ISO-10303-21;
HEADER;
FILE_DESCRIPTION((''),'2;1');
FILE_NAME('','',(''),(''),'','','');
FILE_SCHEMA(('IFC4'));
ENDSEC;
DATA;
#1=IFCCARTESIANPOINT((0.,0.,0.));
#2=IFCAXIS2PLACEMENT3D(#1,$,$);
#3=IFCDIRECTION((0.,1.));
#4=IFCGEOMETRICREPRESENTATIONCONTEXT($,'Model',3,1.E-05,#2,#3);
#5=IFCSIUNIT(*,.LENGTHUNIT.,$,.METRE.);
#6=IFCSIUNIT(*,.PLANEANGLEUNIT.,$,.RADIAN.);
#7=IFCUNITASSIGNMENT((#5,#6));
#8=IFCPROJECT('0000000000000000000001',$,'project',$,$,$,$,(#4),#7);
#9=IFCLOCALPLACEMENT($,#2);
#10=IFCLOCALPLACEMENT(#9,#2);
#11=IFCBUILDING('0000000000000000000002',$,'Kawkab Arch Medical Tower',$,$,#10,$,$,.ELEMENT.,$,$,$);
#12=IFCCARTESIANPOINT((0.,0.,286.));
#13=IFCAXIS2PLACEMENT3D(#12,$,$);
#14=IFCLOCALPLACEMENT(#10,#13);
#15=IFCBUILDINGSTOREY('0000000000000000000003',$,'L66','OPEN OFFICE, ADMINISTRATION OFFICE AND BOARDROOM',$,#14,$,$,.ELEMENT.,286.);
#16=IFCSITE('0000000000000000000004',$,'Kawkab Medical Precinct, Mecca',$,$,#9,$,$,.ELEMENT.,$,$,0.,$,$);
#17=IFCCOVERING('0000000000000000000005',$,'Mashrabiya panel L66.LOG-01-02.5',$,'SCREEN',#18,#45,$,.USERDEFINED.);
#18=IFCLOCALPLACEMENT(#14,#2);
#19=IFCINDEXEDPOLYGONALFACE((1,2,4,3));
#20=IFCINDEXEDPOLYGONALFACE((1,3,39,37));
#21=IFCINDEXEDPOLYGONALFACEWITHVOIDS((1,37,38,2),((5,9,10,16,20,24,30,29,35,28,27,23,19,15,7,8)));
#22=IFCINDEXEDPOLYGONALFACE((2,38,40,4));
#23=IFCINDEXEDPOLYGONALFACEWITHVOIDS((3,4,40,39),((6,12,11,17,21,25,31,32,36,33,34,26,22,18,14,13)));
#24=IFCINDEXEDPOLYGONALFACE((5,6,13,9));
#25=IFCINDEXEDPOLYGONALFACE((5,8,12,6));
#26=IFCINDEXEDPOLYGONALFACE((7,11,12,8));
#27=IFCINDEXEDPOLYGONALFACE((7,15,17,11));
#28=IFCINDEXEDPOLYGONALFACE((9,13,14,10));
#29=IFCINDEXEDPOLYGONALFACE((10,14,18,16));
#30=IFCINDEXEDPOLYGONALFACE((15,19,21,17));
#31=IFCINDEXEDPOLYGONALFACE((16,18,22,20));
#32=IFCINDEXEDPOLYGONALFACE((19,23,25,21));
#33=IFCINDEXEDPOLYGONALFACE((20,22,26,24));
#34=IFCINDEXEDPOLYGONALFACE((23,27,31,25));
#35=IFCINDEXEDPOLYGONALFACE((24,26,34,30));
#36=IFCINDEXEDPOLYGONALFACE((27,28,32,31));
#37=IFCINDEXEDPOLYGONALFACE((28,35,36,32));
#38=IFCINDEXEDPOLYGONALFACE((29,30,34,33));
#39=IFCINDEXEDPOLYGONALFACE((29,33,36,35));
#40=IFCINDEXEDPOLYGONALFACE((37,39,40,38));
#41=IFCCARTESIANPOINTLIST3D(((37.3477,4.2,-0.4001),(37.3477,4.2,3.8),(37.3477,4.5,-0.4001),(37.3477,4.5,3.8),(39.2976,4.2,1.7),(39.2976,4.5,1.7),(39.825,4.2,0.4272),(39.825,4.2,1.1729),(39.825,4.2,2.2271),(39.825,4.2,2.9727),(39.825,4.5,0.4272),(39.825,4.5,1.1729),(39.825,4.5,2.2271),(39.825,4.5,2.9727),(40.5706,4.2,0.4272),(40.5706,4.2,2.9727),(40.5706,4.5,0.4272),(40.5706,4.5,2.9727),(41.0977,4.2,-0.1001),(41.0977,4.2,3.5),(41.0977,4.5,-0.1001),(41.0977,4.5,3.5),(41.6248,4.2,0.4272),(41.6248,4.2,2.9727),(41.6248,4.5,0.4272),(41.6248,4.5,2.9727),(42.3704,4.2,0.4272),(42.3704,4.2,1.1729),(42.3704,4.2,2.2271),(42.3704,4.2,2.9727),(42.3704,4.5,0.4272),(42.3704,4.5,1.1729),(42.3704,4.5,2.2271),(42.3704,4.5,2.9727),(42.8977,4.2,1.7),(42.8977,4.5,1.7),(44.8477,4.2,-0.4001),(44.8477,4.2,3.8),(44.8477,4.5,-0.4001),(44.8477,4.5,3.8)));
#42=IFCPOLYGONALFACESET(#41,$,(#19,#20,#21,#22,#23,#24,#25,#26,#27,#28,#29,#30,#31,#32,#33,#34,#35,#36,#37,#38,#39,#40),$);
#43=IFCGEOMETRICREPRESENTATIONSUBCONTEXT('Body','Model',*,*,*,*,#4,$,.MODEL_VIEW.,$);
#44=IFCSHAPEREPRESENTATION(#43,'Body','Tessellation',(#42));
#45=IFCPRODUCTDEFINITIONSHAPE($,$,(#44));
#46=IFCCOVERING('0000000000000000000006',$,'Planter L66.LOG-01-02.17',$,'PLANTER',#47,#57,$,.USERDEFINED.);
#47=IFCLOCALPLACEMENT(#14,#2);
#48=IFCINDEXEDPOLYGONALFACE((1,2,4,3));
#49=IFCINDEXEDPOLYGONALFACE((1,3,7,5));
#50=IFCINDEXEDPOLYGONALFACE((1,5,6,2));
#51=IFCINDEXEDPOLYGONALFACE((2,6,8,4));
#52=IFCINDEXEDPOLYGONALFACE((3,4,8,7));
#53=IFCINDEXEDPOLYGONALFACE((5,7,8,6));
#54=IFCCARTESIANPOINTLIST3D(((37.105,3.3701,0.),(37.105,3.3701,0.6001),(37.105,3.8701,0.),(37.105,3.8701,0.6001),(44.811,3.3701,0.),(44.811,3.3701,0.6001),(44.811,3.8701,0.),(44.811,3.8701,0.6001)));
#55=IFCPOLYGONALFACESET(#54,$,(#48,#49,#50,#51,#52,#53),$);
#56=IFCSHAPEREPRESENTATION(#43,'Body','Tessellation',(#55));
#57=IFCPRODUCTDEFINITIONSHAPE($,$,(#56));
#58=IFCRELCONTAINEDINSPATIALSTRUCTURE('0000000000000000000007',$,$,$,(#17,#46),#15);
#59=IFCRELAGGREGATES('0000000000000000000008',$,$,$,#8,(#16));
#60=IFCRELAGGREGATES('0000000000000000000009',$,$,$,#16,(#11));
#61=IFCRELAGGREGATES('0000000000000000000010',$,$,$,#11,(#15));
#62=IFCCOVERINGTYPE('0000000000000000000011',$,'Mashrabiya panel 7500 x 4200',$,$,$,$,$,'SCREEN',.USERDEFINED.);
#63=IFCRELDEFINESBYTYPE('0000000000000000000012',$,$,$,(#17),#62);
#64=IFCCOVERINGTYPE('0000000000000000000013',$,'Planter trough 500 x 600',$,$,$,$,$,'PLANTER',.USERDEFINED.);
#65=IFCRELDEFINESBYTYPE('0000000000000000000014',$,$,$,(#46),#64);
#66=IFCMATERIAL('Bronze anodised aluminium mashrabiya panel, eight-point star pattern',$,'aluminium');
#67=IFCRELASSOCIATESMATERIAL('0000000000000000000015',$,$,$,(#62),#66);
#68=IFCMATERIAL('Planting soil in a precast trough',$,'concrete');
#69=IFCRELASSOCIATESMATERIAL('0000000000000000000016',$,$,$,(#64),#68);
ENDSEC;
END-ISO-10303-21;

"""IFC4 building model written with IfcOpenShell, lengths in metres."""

from ifc_helpers import new_model, si_unit, direction, frame, origin, origin_2d, place, context, subcontext, project, spatial, polyline, rectangle, outline, extrude, material, material_profile, profile_set, type_object, element, save


model = new_model("IFC4")

# Units and contexts
model_context = context("Model", 3, precision=1e-05, world=origin(), true_north=direction((0.0, 1.0)))
body_context = subcontext(model_context, "Body", "Model", "MODEL_VIEW")
ifc_project = project(units=[si_unit("LENGTHUNIT", "METRE"), si_unit("PLANEANGLEUNIT", "RADIAN")], contexts=[model_context])

# Site, building, storey
site_placement = place(None, origin())
site = spatial("IfcSite", under=ifc_project, at=site_placement, Name="Kawkab Medical Precinct, Mecca", CompositionType="ELEMENT", RefElevation=0.0)
building_placement = place(site_placement, origin())
building = spatial("IfcBuilding", under=site, at=building_placement, Name="Kawkab Arch Medical Tower", CompositionType="ELEMENT")
storey_placement = place(building_placement, frame((0.0, 0.0, 286.0)))
storey = spatial("IfcBuildingStorey", under=building, at=storey_placement, Name="L66", Description="OPEN OFFICE, ADMINISTRATION OFFICE AND BOARDROOM", CompositionType="ELEMENT", Elevation=286.0)

# Coverings
ifc_material_1 = material(Name="Bronze anodised aluminium mashrabiya panel, eight-point star pattern", Category="aluminium")
ifc_material_profile_1 = material_profile(ifc_material_1, outline(polyline([(-3.75, -2.1001), (3.75, -2.1001), (3.75, 2.1001), (-3.75, 2.1001), (-3.75, -2.1001)]), holes=[polyline([(1.8, 0.0), (1.2727, 0.5271), (1.2727, 1.2727), (0.5271, 1.2727), (0.0, 1.8), (-0.5271, 1.2727), (-1.2727, 1.2727), (-1.2727, 0.5271), (-1.8, 0.0), (-1.2727, -0.5271), (-1.2727, -1.2727), (-0.5271, -1.2727), (0.0, -1.8), (0.5271, -1.2727), (1.2727, -1.2727), (1.2727, -0.5271), (1.8, 0.0)])]), Name="Mashrabiya panel 7500x4200")
ifc_profile_set_1 = profile_set([ifc_material_profile_1], Name="Bronze anodised aluminium mashrabiya panel, eight-point star pattern")
covering_type_1 = type_object("IfcCoveringType", Name="Mashrabiya panel 7500 x 4200", ElementType="SCREEN", PredefinedType="USERDEFINED", material=ifc_profile_set_1)
covering_1_placement = place(storey_placement, frame((41.0977, 4.2, 1.7), z_axis=(0.0, 1.0, 0.0), x_axis=(-1.0, 0.0, 0.0)))
element("IfcCovering", 1, at=covering_1_placement, inside=storey, type_object=covering_type_1, Name="Mashrabiya panel L66.LOG-01-02.5", ObjectType="SCREEN", PredefinedType="USERDEFINED", context=body_context, shape_type="SweptSolid", body=[
    extrude(outline(polyline([(-3.75, -2.1001), (3.75, -2.1001), (3.75, 2.1001), (-3.75, 2.1001), (-3.75, -2.1001)]), holes=[polyline([(1.8, 0.0), (1.2727, 0.5271), (1.2727, 1.2727), (0.5271, 1.2727), (0.0, 1.8), (-0.5271, 1.2727), (-1.2727, 1.2727), (-1.2727, 0.5271), (-1.8, 0.0), (-1.2727, -0.5271), (-1.2727, -1.2727), (-0.5271, -1.2727), (0.0, -1.8), (0.5271, -1.2727), (1.2727, -1.2727), (1.2727, -0.5271), (1.8, 0.0)])]), origin(), (0.0, 0.0, 1.0), 0.3),
])
ifc_material_2 = material(Name="Planting soil in a precast trough", Category="concrete")
ifc_material_profile_2 = material_profile(ifc_material_2, rectangle(XDim=0.5, YDim=0.6001, at=origin_2d()), Name="Trough 500x600")
ifc_profile_set_2 = profile_set([ifc_material_profile_2], Name="Planting soil in a precast trough")
covering_type_2 = type_object("IfcCoveringType", Name="Planter trough 500 x 600", ElementType="PLANTER", PredefinedType="USERDEFINED", material=ifc_profile_set_2)
covering_2_placement = place(storey_placement, frame((37.105, 3.6201, 0.3), z_axis=(1.0, 0.0, 0.0), x_axis=(0.0, 1.0, 0.0)))
element("IfcCovering", 2, at=covering_2_placement, inside=storey, type_object=covering_type_2, Name="Planter L66.LOG-01-02.17", ObjectType="PLANTER", PredefinedType="USERDEFINED", context=body_context, shape_type="SweptSolid", body=[
    extrude(rectangle(XDim=0.5, YDim=0.6001, at=origin_2d()), origin(), (0.0, 0.0, 1.0), 7.7061),
])

save(model, "model.ifc")
